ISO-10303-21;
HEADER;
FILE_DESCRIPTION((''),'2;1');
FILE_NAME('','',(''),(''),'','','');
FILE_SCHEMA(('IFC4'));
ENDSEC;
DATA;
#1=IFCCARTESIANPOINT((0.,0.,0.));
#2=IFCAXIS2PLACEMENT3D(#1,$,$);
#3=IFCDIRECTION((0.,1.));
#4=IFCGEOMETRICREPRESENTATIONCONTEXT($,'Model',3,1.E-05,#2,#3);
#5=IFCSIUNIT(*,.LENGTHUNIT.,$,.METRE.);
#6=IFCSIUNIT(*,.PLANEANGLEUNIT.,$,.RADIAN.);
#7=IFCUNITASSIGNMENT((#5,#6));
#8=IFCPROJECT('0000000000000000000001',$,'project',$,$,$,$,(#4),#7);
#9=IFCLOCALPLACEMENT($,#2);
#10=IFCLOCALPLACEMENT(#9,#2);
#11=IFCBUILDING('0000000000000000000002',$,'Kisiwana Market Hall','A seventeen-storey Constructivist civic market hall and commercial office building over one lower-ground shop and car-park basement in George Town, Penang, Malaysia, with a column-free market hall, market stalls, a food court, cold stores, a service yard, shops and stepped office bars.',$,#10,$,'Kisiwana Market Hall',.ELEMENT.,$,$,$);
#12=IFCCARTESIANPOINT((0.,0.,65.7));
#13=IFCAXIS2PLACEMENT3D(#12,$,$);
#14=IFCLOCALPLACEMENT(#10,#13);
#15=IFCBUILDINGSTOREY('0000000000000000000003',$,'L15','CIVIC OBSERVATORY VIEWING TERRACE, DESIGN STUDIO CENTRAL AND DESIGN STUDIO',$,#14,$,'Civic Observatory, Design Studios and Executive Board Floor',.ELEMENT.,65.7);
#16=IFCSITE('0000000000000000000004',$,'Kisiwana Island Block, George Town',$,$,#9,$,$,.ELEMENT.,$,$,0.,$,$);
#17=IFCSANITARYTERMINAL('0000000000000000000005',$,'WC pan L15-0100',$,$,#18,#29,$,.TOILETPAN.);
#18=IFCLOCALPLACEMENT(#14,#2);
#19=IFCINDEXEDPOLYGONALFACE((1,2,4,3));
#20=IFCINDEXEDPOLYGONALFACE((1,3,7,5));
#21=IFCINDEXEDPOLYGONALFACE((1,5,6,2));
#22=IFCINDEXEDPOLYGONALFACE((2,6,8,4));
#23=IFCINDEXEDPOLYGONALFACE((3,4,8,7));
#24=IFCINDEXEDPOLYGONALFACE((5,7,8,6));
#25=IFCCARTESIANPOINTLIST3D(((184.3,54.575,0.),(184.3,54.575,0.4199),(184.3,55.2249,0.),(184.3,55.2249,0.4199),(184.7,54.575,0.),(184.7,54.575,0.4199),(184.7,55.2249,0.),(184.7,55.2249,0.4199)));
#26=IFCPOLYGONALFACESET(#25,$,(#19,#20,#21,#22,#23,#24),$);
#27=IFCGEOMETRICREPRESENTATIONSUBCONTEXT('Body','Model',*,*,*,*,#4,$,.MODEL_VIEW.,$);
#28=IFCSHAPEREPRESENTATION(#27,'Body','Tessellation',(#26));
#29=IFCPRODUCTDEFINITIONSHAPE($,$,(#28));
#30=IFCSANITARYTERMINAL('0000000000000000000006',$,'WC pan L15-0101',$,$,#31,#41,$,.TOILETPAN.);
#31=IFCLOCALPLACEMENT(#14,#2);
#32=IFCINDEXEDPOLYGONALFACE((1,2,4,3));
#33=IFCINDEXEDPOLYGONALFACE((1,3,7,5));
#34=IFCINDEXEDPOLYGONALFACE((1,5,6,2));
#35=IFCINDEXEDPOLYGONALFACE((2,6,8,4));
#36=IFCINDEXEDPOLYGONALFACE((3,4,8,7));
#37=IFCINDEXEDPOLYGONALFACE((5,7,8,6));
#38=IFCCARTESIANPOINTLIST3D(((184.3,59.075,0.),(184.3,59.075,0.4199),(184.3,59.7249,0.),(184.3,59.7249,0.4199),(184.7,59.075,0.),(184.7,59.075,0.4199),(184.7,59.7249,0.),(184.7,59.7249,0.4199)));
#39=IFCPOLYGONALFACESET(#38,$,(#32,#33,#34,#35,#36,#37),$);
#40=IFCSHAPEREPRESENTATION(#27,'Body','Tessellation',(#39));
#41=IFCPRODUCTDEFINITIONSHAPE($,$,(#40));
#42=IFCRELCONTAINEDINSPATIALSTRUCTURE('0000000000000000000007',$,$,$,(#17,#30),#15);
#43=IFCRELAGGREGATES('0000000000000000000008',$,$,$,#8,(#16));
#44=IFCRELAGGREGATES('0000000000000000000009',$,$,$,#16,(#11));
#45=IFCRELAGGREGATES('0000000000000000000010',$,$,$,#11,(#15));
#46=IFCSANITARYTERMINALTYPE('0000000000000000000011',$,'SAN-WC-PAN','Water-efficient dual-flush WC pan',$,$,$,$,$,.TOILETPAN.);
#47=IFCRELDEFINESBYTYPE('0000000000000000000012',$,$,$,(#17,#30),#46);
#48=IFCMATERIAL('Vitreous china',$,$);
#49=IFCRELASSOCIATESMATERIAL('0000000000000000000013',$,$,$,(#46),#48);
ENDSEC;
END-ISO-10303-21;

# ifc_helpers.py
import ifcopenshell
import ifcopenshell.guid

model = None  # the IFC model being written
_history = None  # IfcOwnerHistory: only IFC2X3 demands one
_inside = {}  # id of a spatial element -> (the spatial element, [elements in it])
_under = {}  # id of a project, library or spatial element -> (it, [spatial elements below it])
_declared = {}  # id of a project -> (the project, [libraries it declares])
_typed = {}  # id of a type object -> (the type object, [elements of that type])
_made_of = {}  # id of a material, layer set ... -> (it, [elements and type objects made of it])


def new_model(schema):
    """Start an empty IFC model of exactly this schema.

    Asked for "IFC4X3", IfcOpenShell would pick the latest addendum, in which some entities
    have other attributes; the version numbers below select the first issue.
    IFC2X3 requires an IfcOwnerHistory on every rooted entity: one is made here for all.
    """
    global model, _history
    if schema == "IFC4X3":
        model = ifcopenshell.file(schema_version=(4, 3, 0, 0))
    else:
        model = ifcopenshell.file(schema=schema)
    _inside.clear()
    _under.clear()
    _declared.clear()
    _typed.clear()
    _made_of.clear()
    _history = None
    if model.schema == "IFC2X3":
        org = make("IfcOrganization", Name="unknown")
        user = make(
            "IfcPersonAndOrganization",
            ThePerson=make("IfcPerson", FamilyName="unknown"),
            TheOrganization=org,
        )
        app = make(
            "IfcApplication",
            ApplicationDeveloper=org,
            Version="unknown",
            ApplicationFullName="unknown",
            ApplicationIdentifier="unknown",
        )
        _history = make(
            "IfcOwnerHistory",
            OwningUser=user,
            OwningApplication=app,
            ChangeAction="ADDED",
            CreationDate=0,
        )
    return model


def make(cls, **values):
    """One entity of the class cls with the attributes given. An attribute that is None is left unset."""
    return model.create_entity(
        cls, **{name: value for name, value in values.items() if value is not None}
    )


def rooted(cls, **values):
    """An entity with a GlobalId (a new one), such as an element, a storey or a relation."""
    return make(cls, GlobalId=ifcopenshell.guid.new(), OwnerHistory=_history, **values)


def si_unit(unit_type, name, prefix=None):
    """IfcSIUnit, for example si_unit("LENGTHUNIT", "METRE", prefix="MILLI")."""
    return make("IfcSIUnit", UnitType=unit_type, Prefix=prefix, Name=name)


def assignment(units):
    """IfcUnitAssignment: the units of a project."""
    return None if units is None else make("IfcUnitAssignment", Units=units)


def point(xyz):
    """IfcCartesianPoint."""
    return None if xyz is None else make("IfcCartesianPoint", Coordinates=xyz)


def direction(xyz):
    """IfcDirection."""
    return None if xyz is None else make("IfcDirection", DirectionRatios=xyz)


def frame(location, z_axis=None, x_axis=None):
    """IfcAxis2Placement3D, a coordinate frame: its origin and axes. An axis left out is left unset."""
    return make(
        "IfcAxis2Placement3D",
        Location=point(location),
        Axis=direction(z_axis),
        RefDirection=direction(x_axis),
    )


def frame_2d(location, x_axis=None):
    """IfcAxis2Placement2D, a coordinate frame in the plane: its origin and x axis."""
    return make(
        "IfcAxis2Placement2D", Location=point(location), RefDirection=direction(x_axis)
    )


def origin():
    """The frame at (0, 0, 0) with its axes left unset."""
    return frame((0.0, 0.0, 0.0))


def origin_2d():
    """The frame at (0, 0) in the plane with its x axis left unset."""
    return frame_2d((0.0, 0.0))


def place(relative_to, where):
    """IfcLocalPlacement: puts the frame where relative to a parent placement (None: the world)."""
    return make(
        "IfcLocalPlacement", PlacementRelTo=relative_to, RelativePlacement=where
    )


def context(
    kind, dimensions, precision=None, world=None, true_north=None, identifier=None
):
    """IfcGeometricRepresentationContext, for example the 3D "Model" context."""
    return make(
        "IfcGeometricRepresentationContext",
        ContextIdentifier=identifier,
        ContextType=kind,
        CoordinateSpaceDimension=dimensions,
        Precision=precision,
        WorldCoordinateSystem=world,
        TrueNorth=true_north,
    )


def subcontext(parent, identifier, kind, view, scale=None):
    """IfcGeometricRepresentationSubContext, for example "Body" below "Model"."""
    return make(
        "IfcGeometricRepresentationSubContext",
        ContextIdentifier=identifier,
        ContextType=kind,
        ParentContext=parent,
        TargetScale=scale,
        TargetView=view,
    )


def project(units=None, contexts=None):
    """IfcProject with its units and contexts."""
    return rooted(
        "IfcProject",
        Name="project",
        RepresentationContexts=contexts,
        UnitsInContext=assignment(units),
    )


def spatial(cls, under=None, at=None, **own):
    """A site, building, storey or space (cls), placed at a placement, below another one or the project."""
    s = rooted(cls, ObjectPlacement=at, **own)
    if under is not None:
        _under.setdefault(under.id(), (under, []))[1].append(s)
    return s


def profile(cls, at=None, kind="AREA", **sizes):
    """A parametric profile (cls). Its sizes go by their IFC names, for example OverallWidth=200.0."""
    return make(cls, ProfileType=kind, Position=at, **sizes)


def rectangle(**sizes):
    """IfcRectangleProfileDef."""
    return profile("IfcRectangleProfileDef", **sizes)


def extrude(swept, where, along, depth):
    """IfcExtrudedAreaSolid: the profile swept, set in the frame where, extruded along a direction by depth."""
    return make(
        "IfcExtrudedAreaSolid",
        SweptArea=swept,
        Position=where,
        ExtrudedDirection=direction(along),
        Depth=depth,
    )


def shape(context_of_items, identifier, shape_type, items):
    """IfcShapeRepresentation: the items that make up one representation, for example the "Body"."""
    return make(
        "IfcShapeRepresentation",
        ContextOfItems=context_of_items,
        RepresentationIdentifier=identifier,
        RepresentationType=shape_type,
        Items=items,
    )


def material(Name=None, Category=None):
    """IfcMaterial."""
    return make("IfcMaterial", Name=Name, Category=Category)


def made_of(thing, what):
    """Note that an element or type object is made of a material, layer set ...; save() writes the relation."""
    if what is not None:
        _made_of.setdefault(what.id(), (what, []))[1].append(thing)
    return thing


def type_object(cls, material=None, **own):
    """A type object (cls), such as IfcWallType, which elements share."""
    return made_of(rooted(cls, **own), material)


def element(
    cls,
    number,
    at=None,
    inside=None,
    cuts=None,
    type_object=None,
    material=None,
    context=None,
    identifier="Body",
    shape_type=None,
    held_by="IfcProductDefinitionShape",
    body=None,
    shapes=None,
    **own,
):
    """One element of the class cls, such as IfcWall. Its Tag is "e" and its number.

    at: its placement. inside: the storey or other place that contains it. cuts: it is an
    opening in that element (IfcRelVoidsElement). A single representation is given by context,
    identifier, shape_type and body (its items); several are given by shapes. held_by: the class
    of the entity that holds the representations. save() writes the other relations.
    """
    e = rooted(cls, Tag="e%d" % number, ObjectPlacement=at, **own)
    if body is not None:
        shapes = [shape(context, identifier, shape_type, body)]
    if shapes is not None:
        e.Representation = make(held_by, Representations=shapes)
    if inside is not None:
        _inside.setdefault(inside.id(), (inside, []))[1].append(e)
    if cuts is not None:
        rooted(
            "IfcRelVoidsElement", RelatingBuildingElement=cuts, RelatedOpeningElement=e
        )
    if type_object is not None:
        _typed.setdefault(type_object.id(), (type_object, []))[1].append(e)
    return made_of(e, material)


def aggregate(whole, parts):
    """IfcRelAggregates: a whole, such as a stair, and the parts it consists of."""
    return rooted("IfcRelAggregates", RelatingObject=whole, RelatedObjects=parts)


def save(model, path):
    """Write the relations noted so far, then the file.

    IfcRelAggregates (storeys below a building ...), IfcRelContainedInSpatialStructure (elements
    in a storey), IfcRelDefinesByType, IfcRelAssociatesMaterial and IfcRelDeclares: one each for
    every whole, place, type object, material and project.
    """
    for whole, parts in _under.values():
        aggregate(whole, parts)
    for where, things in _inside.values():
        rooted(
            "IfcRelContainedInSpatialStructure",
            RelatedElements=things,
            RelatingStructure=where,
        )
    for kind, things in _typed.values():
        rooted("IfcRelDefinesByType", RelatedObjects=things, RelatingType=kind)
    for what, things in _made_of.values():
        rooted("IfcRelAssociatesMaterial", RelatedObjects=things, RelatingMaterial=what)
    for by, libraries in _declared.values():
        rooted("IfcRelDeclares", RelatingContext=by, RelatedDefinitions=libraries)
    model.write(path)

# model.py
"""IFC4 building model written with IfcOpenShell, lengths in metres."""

from ifc_helpers import new_model, si_unit, direction, frame, origin, origin_2d, place, context, subcontext, project, spatial, rectangle, extrude, material, type_object, element, save


model = new_model("IFC4")

# Units and contexts
model_context = context("Model", 3, precision=1e-05, world=origin(), true_north=direction((0.0, 1.0)))
body_context = subcontext(model_context, "Body", "Model", "MODEL_VIEW")
ifc_project = project(units=[si_unit("LENGTHUNIT", "METRE"), si_unit("PLANEANGLEUNIT", "RADIAN")], contexts=[model_context])

# Site, building, storey
site_placement = place(None, origin())
site = spatial("IfcSite", under=ifc_project, at=site_placement, Name="Kisiwana Island Block, George Town", CompositionType="ELEMENT", RefElevation=0.0)
building_placement = place(site_placement, origin())
building = spatial("IfcBuilding", under=site, at=building_placement, Name="Kisiwana Market Hall", Description="A seventeen-storey Constructivist civic market hall and commercial office building over one lower-ground shop and car-park basement in George Town, Penang, Malaysia, with a column-free market hall, market stalls, a food court, cold stores, a service yard, shops and stepped office bars.", LongName="Kisiwana Market Hall", CompositionType="ELEMENT")
storey_placement = place(building_placement, frame((0.0, 0.0, 65.7)))
storey = spatial("IfcBuildingStorey", under=building, at=storey_placement, Name="L15", Description="CIVIC OBSERVATORY VIEWING TERRACE, DESIGN STUDIO CENTRAL AND DESIGN STUDIO", LongName="Civic Observatory, Design Studios and Executive Board Floor", CompositionType="ELEMENT", Elevation=65.7)

# Sanitary terminals
ifc_material_1 = material(Name="Vitreous china")
sanitary_terminal_type_1 = type_object("IfcSanitaryTerminalType", Name="SAN-WC-PAN", Description="Water-efficient dual-flush WC pan", PredefinedType="TOILETPAN", material=ifc_material_1)
for number, where, z_axis, x_axis, name in (
    (1, (184.5, 54.8999, 0.0), (0.0, 0.0, 1.0), (1.0, 0.0, 0.0), "WC pan L15-0100"),
    (2, (184.5, 59.3999, 0.0), (0.0, 0.0, 1.0), (1.0, 0.0, 0.0), "WC pan L15-0101"),
):
    element("IfcSanitaryTerminal", number, at=place(storey_placement, frame(where, z_axis=z_axis, x_axis=x_axis)), inside=storey, type_object=sanitary_terminal_type_1, Name=name, PredefinedType="TOILETPAN", context=body_context, shape_type="SweptSolid", body=[
        extrude(rectangle(XDim=0.3999, YDim=0.6499, at=origin_2d()), origin(), (0.0, 0.0, 1.0), 0.4199),
    ])

save(model, "model.ifc")
